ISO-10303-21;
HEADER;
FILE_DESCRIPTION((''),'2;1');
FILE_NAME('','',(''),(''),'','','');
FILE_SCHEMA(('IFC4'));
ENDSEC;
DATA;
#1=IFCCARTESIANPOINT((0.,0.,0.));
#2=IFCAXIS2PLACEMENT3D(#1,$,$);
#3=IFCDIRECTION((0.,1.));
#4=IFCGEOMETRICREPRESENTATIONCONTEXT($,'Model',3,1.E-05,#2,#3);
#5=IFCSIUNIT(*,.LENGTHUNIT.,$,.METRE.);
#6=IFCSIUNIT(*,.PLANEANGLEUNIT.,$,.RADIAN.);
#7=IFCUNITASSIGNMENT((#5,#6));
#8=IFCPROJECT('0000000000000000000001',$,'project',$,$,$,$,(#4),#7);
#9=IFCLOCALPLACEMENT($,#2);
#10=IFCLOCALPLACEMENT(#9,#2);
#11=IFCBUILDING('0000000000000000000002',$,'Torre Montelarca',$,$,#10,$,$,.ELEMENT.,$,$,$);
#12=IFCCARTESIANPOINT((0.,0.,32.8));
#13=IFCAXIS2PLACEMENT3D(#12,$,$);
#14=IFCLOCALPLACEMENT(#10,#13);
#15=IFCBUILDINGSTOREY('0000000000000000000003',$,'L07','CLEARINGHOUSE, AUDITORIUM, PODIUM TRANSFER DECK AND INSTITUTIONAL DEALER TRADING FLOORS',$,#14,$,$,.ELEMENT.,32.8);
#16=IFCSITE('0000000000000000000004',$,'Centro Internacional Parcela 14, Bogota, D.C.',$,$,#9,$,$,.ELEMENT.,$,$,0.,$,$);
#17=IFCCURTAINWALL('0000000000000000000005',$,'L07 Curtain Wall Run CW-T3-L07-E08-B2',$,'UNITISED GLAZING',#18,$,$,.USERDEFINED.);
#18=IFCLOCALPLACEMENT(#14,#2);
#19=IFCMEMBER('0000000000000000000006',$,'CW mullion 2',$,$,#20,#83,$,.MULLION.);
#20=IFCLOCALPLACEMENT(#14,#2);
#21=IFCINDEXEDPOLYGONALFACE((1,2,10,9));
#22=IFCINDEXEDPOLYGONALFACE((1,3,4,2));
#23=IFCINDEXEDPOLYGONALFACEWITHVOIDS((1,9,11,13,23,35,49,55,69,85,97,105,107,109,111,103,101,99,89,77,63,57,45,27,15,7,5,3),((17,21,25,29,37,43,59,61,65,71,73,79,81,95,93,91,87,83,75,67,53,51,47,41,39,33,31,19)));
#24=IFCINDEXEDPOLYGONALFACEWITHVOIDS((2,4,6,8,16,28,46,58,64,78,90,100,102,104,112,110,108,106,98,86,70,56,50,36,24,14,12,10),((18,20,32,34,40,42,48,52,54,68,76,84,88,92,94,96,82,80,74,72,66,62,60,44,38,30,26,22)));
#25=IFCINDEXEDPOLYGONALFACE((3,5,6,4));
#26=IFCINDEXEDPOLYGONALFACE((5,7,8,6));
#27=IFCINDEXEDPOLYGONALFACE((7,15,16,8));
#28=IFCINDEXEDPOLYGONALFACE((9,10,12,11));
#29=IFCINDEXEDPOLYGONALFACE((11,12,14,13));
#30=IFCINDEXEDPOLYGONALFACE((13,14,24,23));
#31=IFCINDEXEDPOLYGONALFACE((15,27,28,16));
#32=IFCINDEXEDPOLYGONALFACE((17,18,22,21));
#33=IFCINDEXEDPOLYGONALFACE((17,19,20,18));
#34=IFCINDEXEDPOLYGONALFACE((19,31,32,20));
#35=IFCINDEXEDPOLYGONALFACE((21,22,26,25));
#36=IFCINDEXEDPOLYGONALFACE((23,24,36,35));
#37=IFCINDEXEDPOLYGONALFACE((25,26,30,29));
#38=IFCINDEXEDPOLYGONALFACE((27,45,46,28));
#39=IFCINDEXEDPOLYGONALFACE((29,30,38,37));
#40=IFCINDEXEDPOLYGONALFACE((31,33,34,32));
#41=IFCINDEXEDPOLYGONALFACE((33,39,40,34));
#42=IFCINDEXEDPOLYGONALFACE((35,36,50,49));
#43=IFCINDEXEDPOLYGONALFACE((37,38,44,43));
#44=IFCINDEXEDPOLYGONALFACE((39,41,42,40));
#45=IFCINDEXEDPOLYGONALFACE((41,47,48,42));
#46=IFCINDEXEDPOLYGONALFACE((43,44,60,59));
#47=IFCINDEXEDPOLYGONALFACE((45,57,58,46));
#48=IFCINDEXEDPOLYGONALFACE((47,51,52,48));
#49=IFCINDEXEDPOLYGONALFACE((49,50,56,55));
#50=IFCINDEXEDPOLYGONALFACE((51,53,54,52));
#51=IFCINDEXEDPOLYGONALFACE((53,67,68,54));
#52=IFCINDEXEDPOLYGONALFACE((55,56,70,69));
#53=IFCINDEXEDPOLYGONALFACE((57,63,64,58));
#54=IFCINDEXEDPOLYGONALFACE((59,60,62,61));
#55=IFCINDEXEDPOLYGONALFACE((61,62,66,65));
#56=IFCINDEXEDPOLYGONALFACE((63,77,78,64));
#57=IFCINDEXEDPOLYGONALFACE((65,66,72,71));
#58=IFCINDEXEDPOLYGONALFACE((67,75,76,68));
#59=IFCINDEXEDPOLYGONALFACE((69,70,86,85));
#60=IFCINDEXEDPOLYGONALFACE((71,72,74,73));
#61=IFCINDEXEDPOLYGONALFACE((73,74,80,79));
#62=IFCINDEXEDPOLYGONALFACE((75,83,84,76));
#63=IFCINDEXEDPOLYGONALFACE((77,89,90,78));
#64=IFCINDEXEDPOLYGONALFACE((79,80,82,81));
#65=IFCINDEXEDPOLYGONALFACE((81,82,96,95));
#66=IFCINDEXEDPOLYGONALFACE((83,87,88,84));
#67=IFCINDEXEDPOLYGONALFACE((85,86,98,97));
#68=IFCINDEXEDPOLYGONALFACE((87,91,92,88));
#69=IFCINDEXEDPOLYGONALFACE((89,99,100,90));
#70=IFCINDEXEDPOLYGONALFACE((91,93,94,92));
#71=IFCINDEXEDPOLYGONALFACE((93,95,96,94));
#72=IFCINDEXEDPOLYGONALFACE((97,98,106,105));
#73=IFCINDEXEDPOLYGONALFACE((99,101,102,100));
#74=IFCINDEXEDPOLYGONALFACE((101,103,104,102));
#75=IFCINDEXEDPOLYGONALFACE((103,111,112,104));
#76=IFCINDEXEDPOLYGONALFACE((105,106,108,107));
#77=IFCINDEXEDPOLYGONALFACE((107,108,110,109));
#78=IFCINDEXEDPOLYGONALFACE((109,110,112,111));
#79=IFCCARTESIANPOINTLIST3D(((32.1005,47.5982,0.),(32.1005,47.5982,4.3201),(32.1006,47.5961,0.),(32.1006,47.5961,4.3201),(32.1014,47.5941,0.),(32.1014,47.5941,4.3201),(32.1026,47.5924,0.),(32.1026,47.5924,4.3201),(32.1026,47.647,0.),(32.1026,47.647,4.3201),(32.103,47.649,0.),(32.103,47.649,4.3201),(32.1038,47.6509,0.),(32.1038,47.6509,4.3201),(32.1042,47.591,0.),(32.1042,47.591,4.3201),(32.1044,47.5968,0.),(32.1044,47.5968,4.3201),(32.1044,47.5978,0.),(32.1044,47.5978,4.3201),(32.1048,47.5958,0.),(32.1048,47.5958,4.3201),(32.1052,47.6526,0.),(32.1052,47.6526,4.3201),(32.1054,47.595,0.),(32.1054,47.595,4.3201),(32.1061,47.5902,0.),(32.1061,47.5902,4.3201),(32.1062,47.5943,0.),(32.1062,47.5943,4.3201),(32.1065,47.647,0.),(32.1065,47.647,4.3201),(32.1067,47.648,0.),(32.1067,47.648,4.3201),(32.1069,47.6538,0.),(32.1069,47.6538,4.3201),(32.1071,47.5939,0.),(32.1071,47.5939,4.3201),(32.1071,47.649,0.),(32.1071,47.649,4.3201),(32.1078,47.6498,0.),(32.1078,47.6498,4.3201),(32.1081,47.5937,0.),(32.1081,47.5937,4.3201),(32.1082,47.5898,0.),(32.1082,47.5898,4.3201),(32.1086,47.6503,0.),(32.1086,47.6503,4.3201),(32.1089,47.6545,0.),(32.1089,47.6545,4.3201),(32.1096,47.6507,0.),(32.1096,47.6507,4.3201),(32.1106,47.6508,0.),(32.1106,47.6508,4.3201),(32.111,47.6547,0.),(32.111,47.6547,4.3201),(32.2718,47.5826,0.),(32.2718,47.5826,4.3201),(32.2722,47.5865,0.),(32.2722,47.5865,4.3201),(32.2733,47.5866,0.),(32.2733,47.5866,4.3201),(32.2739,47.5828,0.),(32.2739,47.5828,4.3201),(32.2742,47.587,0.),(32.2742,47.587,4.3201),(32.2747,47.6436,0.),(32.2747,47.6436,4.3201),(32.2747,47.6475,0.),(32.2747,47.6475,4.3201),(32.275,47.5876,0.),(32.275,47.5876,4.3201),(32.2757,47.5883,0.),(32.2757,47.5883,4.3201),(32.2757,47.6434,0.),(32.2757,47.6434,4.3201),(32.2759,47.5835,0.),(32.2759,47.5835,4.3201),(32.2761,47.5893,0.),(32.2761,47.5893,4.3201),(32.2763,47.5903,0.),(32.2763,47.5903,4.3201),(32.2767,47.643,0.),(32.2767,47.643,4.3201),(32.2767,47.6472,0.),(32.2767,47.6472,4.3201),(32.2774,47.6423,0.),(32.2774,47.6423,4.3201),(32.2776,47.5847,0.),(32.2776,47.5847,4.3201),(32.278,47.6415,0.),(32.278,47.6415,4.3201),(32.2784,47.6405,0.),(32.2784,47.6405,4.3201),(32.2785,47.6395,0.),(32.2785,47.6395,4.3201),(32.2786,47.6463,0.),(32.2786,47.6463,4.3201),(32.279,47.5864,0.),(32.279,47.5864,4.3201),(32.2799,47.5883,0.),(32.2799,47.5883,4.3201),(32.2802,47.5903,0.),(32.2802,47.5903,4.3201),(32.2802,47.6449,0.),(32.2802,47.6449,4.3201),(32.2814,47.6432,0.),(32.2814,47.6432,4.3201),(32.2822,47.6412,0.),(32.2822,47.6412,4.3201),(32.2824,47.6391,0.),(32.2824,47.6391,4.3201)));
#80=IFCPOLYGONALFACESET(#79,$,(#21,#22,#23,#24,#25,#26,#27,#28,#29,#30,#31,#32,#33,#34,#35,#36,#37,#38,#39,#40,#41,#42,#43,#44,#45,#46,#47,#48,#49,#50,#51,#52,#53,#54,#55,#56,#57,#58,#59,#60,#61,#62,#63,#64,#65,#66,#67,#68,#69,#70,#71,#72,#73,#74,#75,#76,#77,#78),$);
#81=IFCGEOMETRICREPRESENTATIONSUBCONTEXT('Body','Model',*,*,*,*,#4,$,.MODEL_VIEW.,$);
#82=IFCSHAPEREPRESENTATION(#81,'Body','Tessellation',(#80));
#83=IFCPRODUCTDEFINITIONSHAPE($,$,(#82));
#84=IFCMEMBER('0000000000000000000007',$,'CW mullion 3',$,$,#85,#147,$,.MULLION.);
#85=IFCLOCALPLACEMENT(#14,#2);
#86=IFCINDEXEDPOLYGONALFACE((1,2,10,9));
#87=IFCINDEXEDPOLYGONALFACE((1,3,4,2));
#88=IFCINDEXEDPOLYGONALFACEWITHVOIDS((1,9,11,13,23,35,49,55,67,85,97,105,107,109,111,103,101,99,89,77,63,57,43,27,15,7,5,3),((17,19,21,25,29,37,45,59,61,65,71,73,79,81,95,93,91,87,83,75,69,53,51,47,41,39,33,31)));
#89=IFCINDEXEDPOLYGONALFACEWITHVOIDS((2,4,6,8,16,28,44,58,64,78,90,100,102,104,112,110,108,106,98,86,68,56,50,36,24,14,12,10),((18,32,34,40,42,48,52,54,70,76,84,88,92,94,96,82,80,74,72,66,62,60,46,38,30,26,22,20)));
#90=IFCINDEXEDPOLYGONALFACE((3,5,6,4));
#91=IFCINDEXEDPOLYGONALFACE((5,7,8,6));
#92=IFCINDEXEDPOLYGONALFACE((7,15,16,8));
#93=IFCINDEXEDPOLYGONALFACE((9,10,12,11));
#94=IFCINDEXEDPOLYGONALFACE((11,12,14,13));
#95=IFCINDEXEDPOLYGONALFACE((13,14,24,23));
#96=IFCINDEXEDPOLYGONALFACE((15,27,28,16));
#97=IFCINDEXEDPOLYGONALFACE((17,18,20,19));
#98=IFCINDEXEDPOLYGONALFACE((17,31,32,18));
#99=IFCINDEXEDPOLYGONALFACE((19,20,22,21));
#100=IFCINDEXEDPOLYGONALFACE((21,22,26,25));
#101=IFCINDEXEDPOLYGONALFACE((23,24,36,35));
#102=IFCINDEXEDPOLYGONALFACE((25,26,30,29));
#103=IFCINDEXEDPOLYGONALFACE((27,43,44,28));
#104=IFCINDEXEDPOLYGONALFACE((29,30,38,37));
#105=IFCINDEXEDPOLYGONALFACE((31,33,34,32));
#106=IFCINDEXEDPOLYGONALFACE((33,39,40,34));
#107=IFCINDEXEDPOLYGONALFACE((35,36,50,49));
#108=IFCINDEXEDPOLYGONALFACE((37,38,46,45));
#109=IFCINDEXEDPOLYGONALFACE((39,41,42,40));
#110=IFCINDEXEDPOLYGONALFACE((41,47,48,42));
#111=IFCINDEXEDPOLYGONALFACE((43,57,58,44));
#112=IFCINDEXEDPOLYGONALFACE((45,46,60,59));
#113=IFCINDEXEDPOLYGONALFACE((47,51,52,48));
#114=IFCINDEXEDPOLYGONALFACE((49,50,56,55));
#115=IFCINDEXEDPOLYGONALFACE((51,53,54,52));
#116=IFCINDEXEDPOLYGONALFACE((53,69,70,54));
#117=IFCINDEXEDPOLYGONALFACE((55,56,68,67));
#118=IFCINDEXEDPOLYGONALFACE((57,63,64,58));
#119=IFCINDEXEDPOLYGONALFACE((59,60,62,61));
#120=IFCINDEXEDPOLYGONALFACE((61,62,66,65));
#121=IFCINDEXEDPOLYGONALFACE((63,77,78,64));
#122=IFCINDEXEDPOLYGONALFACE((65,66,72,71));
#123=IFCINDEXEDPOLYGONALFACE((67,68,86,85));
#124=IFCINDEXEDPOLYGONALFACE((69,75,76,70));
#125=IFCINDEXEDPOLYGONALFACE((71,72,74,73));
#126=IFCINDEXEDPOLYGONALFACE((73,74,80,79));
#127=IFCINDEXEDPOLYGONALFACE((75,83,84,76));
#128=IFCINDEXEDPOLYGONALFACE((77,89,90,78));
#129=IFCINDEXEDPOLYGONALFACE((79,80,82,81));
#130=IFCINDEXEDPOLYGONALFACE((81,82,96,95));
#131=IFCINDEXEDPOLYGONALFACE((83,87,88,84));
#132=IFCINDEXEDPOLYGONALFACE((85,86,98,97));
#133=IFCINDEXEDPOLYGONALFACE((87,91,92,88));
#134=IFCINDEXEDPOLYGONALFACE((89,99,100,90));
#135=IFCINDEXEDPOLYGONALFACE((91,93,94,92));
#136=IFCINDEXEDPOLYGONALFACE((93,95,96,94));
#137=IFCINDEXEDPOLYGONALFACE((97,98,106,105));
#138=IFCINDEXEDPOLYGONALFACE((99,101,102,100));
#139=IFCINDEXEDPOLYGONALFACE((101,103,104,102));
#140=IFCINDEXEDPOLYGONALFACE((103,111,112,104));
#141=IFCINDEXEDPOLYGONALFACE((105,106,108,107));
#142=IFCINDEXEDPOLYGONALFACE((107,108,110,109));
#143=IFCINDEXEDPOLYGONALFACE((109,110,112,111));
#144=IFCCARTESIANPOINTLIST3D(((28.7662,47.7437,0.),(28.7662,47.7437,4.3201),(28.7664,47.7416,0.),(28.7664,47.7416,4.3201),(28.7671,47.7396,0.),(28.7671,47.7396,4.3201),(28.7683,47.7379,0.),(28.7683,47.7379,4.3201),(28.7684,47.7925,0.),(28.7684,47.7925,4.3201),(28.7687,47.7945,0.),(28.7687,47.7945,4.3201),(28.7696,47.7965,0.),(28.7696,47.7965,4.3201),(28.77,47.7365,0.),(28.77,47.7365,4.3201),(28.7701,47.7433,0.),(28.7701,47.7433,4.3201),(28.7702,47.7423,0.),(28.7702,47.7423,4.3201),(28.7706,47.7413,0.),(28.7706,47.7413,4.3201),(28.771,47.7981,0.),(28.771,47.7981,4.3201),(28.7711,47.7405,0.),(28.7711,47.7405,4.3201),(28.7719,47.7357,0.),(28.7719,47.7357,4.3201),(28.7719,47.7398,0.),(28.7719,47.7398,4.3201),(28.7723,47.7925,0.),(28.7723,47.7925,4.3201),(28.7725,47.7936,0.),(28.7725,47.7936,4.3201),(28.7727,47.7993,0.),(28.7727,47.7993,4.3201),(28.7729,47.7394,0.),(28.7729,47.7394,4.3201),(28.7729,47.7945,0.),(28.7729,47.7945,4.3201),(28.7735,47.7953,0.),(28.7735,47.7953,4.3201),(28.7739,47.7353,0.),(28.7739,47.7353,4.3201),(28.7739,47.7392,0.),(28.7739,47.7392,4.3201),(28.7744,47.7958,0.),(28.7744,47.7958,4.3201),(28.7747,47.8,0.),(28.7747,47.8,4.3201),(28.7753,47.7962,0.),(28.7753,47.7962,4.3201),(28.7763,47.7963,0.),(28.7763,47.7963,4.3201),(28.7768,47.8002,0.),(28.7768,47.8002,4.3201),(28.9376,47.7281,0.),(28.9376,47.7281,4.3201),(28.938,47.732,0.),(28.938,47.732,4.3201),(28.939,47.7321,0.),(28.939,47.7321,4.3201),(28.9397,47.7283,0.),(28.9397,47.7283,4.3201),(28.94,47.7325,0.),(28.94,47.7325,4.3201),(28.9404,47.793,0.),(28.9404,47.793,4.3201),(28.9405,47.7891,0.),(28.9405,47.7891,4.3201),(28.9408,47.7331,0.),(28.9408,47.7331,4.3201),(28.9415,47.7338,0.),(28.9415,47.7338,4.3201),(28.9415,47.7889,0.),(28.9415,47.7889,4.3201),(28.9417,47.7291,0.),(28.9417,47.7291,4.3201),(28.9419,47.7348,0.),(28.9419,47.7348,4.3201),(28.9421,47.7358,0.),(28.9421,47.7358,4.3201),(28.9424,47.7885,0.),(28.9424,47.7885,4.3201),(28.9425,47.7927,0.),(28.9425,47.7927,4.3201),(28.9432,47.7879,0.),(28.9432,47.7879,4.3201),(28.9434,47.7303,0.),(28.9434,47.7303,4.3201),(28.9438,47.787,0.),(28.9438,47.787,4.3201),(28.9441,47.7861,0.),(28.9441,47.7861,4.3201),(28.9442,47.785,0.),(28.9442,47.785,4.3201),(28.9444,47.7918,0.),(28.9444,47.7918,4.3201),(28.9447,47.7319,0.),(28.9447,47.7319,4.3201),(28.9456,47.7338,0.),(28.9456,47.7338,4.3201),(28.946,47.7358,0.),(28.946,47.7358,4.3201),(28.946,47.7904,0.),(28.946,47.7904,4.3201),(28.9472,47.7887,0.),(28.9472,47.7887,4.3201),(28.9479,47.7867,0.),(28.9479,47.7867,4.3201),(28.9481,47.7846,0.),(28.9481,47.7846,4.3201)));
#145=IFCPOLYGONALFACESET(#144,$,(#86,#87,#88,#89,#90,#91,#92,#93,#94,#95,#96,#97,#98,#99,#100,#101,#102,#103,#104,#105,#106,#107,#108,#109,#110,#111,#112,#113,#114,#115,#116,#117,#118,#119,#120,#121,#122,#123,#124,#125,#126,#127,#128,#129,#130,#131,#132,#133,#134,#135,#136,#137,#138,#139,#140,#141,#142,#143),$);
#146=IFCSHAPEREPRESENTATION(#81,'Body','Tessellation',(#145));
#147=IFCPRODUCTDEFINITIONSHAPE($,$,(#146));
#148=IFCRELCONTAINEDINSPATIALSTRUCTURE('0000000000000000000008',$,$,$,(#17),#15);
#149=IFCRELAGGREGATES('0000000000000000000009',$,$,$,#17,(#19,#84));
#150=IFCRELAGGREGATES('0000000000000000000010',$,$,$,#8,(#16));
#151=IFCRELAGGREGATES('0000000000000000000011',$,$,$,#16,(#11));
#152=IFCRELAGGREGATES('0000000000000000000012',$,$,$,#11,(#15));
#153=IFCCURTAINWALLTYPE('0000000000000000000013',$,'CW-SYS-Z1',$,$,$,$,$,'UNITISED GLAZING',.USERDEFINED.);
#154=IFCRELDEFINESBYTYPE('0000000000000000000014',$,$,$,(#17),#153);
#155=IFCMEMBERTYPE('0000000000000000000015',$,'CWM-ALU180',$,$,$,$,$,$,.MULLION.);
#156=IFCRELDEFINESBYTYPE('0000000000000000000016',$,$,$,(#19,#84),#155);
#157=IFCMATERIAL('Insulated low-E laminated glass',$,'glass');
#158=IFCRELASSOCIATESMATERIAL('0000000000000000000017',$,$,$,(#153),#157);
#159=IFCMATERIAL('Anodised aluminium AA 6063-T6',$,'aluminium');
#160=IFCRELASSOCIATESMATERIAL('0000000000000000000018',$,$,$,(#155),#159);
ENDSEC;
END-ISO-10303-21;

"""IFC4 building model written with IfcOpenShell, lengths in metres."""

from ifc_helpers import new_model, si_unit, direction, frame, origin, origin_2d, place, context, subcontext, project, spatial, hollow_rectangle, extrude, source, transform, mapped, material, material_profile, profile_set, type_object, element, aggregate, save


model = new_model("IFC4")

# Units and contexts
model_context = context("Model", 3, precision=1e-05, world=origin(), true_north=direction((0.0, 1.0)))
body_context = subcontext(model_context, "Body", "Model", "MODEL_VIEW")
ifc_project = project(units=[si_unit("LENGTHUNIT", "METRE"), si_unit("PLANEANGLEUNIT", "RADIAN")], contexts=[model_context])

# Site, building, storey
site_placement = place(None, origin())
site = spatial("IfcSite", under=ifc_project, at=site_placement, Name="Centro Internacional Parcela 14, Bogota, D.C.", CompositionType="ELEMENT", RefElevation=0.0)
building_placement = place(site_placement, origin())
building = spatial("IfcBuilding", under=site, at=building_placement, Name="Torre Montelarca", CompositionType="ELEMENT")
storey_placement = place(building_placement, frame((0.0, 0.0, 32.8)))
storey = spatial("IfcBuildingStorey", under=building, at=storey_placement, Name="L07", Description="CLEARINGHOUSE, AUDITORIUM, PODIUM TRANSFER DECK AND INSTITUTIONAL DEALER TRADING FLOORS", CompositionType="ELEMENT", Elevation=32.8)

# Shared definitions
ifc_material_1 = material(Name="Insulated low-E laminated glass", Category="glass")
curtain_wall_type = type_object("IfcCurtainWallType", Name="CW-SYS-Z1", ElementType="UNITISED GLAZING", PredefinedType="USERDEFINED", material=ifc_material_1)
ifc_material_2 = material(Name="Anodised aluminium AA 6063-T6", Category="aluminium")
ifc_material_profile_1 = material_profile(ifc_material_2, hollow_rectangle(XDim=0.0649, YDim=0.1799, WallThickness=0.0039, InnerFilletRadius=0.0039, OuterFilletRadius=0.0081, at=origin_2d()), Name="ALU65X180X4", Category="aluminium")
ifc_profile_set_1 = profile_set([ifc_material_profile_1], Name="Anodised aluminium AA 6063-T6")
member_type_1 = type_object("IfcMemberType", Name="CWM-ALU180", PredefinedType="MULLION", material=ifc_profile_set_1)
shared_shape_1 = source(origin(), body_context, "Body", "SweptSolid", [
    extrude(hollow_rectangle(XDim=0.0649, YDim=0.1799, WallThickness=0.0039, InnerFilletRadius=0.0039, OuterFilletRadius=0.0081, at=origin_2d()), origin(), (0.0, 0.0, 1.0), 4.3201),
])

# Curtain wall, members
curtain_wall_1_placement = place(storey_placement, origin())
curtain_wall_1 = element("IfcCurtainWall", 1, at=curtain_wall_1_placement, inside=storey, type_object=curtain_wall_type, Name="L07 Curtain Wall Run CW-T3-L07-E08-B2", ObjectType="UNITISED GLAZING", PredefinedType="USERDEFINED")
member_1_placement = place(storey_placement, frame((32.1914, 47.6187, 0.0), z_axis=(0.0, 0.0, 1.0), x_axis=(-0.043621, -0.999048, 0.0)))
member_1 = element("IfcMember", 2, at=member_1_placement, type_object=member_type_1, Name="CW mullion 2", PredefinedType="MULLION", context=body_context, shape_type="MappedRepresentation", body=[
    mapped(shared_shape_1, transform((0.0, 0.0, 0.0), scale=1.0)),
])
member_2_placement = place(storey_placement, frame((28.8572, 47.7642, 0.0), z_axis=(0.0, 0.0, 1.0), x_axis=(-0.043621, -0.999048, 0.0)))
member_2 = element("IfcMember", 3, at=member_2_placement, type_object=member_type_1, Name="CW mullion 3", PredefinedType="MULLION", context=body_context, shape_type="MappedRepresentation", body=[
    mapped(shared_shape_1, transform((0.0, 0.0, 0.0), scale=1.0)),
])
aggregate(curtain_wall_1, [member_1, member_2])

save(model, "model.ifc")
